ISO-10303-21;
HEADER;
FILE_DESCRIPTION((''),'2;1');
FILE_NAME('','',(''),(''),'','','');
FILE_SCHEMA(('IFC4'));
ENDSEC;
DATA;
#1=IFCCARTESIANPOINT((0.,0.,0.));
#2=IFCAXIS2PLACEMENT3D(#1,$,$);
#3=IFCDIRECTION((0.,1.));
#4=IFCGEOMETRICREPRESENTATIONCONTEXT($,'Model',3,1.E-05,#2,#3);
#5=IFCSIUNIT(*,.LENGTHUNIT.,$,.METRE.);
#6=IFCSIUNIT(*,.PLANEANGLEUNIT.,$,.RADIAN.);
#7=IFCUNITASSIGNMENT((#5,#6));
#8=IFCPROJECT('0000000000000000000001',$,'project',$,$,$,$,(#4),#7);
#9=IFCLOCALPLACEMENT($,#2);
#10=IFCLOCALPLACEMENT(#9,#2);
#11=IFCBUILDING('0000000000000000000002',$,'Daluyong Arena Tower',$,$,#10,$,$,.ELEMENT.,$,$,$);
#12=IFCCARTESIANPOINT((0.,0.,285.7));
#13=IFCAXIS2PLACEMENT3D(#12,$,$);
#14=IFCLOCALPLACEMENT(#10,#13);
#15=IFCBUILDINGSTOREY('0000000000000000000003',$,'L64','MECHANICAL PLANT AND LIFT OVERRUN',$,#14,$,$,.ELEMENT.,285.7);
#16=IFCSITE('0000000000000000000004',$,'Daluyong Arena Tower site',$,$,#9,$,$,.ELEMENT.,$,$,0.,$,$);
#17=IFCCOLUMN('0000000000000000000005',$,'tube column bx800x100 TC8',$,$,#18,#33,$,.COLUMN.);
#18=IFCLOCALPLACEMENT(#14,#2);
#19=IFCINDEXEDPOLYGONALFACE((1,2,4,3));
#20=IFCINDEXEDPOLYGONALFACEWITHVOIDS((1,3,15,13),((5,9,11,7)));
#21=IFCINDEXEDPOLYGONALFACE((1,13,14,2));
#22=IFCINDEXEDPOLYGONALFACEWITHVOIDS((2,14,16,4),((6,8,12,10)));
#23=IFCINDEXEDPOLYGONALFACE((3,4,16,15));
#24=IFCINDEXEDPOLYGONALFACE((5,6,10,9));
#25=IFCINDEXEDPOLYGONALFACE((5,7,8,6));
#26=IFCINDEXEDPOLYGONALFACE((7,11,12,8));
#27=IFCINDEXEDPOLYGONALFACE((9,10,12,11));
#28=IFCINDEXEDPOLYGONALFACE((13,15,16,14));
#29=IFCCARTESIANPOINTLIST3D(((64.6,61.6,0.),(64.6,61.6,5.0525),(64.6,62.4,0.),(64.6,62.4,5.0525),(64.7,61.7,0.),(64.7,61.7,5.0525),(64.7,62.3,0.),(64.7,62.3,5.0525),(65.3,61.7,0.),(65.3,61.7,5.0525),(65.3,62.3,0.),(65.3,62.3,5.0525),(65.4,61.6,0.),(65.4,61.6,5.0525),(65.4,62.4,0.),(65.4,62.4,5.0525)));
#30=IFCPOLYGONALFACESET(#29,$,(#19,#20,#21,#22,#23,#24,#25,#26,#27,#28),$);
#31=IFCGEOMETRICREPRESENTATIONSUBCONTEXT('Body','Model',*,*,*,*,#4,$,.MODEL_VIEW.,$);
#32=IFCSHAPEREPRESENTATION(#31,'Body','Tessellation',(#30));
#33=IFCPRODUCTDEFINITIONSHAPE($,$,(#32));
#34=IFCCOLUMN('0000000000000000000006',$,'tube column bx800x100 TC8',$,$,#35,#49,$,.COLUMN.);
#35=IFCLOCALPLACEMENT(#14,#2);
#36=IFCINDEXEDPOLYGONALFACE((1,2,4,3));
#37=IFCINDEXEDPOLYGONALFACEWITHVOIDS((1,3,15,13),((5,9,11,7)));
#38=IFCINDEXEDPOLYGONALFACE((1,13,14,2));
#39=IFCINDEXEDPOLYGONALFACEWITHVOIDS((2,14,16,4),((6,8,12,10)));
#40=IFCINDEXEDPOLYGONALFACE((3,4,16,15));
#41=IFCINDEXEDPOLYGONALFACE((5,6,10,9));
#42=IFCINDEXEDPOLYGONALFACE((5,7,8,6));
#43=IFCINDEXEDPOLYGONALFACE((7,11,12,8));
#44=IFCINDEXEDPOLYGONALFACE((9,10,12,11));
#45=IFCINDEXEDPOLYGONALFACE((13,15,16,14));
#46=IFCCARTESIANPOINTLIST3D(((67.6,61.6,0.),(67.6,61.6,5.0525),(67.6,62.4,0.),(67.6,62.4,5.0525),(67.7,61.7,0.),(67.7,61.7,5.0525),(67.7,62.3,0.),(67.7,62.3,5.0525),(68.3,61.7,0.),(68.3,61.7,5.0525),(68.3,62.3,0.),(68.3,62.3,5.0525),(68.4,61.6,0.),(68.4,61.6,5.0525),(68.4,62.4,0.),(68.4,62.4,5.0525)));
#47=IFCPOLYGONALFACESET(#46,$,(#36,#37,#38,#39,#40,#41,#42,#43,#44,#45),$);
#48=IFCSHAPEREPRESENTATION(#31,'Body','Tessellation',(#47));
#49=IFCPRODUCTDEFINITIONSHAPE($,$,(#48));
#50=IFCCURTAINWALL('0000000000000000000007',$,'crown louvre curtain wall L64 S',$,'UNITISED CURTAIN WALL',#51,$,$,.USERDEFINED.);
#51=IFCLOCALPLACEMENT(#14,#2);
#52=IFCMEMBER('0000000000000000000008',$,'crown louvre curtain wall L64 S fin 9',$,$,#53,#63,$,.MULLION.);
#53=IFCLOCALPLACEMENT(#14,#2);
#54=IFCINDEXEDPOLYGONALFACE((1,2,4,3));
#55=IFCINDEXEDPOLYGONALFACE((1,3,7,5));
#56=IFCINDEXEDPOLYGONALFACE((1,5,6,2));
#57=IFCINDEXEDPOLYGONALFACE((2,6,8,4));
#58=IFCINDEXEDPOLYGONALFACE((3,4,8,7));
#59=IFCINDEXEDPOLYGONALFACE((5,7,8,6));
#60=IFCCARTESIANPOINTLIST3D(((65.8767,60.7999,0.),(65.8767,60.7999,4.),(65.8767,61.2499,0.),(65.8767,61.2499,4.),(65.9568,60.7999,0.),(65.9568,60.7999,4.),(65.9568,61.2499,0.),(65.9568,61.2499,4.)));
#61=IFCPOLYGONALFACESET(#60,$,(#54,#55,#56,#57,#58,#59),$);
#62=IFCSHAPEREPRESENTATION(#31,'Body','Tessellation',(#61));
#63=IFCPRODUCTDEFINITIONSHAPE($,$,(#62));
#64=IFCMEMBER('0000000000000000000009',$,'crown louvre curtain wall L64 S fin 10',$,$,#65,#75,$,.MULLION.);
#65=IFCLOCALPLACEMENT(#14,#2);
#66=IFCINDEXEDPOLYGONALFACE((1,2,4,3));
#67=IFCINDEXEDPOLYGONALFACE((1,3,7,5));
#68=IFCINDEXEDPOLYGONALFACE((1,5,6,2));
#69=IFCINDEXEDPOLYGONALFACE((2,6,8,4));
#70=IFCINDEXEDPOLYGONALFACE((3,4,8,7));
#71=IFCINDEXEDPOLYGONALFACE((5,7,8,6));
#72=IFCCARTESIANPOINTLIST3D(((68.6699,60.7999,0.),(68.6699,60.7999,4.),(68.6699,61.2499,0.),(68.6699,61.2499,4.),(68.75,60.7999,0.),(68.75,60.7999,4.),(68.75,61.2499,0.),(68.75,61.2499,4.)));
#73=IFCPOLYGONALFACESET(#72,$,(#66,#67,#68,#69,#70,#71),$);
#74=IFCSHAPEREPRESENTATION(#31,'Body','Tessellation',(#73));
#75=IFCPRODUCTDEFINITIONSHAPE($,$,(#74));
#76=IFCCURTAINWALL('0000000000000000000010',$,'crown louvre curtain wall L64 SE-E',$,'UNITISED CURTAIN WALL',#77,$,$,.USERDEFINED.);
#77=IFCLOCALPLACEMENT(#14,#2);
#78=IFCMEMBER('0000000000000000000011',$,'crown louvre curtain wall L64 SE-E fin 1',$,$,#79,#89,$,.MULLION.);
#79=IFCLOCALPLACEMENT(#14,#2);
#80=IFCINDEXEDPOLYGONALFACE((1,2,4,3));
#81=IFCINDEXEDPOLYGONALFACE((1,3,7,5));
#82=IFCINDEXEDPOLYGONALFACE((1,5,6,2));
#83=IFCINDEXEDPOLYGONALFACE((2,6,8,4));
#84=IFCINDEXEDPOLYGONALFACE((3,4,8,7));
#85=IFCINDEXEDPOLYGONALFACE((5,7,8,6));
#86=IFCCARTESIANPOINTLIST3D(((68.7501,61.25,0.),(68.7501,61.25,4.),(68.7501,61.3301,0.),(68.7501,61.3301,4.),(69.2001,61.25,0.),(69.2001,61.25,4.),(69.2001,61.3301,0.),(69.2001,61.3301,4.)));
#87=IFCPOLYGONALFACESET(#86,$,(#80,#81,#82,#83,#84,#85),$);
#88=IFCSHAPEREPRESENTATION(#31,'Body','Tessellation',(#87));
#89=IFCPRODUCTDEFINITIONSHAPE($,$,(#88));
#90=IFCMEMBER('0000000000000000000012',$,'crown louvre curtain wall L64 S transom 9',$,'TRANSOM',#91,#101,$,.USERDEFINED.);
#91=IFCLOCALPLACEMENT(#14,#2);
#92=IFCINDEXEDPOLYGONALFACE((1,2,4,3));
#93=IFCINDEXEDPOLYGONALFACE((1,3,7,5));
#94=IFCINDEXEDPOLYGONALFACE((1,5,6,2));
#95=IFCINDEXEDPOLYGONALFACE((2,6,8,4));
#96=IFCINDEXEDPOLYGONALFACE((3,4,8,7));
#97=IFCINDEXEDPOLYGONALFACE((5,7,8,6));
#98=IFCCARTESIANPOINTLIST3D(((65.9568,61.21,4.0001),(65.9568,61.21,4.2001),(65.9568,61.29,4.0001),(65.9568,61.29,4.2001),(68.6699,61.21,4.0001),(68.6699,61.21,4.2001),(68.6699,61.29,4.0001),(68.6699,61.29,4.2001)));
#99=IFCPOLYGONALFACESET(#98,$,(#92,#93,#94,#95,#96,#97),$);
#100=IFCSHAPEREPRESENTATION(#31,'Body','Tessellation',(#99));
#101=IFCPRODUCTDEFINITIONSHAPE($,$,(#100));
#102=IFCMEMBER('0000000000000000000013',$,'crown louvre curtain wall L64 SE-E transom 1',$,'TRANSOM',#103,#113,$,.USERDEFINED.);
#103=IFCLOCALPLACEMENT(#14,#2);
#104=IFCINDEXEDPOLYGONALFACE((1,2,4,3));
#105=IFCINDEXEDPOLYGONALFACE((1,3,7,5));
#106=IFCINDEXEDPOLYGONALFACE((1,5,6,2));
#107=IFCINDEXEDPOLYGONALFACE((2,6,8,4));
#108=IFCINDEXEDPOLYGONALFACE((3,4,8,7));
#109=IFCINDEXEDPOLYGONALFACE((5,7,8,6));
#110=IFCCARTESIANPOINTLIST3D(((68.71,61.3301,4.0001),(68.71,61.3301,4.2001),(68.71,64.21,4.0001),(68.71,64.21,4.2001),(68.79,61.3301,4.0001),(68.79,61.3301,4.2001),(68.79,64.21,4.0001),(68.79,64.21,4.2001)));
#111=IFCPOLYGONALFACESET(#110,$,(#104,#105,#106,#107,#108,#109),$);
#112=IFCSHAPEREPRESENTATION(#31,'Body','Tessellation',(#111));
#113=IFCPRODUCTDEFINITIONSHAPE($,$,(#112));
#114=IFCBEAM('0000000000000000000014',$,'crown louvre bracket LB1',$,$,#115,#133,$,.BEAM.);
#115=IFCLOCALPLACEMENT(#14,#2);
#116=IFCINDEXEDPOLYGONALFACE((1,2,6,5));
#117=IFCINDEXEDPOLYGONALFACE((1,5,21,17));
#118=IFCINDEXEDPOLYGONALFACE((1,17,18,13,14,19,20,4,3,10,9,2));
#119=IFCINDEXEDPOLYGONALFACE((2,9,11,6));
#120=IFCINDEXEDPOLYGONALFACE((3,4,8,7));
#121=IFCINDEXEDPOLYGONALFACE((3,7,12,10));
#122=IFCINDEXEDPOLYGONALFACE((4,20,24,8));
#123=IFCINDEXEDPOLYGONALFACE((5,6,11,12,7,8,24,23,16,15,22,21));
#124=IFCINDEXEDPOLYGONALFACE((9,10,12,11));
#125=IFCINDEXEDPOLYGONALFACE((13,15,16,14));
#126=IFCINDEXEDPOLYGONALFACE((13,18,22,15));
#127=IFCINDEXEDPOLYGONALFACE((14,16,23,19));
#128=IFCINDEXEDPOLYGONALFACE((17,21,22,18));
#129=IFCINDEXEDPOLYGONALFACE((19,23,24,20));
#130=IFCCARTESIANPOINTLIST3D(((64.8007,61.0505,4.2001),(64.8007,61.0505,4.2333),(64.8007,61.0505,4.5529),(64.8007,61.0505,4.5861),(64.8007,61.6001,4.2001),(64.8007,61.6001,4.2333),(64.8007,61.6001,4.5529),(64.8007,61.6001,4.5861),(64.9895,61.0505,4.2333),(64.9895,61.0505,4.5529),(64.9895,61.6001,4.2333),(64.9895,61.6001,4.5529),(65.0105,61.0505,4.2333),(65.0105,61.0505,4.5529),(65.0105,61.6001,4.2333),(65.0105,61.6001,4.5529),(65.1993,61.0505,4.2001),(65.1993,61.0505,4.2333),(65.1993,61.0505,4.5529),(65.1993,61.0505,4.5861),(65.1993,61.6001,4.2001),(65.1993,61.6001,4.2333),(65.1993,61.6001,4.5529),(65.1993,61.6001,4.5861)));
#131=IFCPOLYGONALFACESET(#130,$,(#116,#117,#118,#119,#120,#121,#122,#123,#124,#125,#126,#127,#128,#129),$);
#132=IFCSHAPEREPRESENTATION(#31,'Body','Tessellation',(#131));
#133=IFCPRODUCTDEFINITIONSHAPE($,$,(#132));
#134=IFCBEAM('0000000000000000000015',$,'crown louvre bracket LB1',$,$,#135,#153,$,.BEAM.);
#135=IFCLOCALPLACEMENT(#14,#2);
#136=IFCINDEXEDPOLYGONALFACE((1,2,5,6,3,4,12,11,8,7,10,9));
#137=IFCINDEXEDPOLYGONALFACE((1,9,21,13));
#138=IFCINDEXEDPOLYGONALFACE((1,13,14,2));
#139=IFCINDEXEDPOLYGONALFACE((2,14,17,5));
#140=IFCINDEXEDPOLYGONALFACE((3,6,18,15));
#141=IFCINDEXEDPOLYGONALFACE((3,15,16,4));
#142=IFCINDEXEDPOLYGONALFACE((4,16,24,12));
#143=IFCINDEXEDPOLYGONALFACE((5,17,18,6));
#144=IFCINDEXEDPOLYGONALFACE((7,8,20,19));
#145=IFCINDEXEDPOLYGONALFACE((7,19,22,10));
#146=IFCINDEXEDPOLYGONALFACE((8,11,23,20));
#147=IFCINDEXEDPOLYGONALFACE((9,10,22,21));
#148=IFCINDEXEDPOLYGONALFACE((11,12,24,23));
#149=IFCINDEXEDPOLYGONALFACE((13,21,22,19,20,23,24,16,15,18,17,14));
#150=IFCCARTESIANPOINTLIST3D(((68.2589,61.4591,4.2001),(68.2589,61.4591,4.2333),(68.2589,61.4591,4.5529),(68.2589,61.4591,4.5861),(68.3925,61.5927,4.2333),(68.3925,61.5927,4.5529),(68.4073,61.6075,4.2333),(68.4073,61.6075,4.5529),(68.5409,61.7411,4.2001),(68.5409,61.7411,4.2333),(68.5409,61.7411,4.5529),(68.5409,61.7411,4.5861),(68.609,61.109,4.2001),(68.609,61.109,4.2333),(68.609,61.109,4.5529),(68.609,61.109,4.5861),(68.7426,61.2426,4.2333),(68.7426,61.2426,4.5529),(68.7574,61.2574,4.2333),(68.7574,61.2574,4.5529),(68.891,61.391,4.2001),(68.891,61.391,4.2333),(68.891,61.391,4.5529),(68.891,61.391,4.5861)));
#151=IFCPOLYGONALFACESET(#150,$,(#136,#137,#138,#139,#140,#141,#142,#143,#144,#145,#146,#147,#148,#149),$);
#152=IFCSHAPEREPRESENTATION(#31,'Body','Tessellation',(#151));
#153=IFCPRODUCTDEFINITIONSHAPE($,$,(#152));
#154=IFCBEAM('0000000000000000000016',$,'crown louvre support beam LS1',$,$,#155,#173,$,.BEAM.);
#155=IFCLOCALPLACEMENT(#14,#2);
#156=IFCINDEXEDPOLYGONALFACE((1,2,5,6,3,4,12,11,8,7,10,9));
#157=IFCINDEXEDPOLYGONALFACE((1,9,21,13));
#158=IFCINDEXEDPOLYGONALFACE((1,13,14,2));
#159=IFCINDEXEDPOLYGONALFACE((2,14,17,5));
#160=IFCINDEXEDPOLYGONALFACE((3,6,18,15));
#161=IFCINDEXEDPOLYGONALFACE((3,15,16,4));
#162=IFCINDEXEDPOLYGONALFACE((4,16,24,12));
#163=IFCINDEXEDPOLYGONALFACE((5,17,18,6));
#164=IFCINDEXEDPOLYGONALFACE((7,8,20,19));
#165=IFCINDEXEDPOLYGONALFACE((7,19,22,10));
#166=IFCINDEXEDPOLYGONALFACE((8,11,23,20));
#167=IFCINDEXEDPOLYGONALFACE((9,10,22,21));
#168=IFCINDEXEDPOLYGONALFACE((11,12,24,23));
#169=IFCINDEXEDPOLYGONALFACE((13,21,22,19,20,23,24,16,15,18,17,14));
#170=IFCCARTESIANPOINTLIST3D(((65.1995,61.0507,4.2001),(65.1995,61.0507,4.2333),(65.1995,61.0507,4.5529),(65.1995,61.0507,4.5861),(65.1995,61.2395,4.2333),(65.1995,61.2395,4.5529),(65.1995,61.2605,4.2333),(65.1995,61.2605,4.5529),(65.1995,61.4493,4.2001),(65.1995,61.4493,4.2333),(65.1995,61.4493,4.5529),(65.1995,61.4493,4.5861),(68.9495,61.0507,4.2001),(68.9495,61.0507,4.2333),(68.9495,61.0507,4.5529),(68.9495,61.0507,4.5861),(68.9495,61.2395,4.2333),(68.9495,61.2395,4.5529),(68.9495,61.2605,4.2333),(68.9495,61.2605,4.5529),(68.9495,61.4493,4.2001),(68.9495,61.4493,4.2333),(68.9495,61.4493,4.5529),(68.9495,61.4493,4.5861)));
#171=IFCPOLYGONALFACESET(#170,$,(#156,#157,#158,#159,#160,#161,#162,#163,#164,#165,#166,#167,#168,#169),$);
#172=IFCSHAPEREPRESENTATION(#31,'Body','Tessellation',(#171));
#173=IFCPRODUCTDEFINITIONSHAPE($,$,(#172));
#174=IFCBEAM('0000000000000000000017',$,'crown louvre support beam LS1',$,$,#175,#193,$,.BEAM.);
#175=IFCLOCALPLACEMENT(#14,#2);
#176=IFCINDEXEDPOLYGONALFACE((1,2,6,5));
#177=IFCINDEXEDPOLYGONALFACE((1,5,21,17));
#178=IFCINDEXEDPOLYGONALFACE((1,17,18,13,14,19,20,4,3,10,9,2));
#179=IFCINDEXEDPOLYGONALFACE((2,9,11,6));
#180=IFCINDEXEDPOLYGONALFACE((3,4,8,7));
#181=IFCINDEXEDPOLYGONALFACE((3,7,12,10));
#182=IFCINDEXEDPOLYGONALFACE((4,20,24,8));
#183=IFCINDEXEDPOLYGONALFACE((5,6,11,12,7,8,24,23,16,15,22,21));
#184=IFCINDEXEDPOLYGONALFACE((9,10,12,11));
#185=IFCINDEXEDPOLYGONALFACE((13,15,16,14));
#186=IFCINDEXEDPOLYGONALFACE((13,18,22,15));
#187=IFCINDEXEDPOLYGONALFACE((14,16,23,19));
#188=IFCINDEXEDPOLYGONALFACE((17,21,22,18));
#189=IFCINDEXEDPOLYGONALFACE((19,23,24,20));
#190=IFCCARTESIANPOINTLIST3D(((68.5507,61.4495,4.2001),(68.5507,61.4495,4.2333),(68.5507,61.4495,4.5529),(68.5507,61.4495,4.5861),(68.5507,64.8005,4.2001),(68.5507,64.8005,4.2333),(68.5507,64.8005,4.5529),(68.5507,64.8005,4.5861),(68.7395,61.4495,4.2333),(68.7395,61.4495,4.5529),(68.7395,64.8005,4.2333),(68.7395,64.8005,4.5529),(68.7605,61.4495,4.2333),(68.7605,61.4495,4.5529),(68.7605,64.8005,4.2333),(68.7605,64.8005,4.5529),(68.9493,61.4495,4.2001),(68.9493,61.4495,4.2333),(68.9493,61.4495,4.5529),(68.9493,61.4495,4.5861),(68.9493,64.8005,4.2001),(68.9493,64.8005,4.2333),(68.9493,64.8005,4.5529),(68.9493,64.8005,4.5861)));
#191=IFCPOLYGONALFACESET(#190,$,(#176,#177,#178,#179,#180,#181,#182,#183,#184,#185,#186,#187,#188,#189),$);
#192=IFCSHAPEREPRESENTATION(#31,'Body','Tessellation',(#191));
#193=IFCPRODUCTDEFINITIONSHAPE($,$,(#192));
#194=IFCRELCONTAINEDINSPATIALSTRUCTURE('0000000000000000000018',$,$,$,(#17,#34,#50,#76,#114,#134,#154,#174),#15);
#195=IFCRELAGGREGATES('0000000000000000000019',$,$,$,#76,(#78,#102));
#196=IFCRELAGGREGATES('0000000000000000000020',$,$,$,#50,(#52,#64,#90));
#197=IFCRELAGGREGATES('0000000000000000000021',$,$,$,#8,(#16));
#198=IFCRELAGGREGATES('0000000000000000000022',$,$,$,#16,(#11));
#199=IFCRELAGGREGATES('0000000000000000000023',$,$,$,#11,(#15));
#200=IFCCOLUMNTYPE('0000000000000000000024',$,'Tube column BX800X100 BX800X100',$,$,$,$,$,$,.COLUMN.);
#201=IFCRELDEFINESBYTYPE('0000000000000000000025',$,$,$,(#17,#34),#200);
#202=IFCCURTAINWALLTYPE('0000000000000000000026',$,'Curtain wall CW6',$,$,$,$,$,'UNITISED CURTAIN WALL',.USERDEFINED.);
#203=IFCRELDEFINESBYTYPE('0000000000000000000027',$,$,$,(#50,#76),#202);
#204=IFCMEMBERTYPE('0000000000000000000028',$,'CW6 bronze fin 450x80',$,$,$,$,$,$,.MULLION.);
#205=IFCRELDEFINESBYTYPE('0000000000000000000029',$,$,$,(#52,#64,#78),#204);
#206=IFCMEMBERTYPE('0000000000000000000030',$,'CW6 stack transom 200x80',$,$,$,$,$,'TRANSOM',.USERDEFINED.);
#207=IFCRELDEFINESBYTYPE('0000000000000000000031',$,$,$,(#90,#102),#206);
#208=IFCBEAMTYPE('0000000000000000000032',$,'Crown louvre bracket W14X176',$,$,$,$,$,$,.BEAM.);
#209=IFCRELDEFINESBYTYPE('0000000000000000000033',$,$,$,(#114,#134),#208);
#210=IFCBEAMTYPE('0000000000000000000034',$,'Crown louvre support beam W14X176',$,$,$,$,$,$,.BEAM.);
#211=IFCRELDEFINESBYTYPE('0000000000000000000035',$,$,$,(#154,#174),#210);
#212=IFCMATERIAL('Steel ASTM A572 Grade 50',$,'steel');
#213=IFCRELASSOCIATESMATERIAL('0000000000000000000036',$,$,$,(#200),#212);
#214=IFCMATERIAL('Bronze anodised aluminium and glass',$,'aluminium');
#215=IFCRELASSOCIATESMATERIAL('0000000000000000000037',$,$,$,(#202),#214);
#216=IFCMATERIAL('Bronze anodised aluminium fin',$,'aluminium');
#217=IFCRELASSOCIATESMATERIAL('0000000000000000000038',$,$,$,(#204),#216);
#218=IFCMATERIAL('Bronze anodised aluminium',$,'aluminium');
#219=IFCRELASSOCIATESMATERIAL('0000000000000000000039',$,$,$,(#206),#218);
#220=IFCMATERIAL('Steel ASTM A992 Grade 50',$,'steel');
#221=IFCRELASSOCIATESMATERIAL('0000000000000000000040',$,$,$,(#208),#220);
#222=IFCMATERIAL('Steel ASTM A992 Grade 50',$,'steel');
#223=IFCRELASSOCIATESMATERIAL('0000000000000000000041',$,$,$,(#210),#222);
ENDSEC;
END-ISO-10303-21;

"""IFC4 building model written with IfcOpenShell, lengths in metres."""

from ifc_helpers import new_model, si_unit, direction, frame, origin, origin_2d, place, context, subcontext, project, spatial, rectangle, hollow_rectangle, i_section, extrude, material, material_profile, profile_set, type_object, element, aggregate, save


model = new_model("IFC4")

# Units and contexts
model_context = context("Model", 3, precision=1e-05, world=origin(), true_north=direction((0.0, 1.0)))
body_context = subcontext(model_context, "Body", "Model", "MODEL_VIEW")
ifc_project = project(units=[si_unit("LENGTHUNIT", "METRE"), si_unit("PLANEANGLEUNIT", "RADIAN")], contexts=[model_context])

# Site, building, storey
site_placement = place(None, origin())
site = spatial("IfcSite", under=ifc_project, at=site_placement, Name="Daluyong Arena Tower site", CompositionType="ELEMENT", RefElevation=0.0)
building_placement = place(site_placement, origin())
building = spatial("IfcBuilding", under=site, at=building_placement, Name="Daluyong Arena Tower", CompositionType="ELEMENT")
storey_placement = place(building_placement, frame((0.0, 0.0, 285.7)))
storey = spatial("IfcBuildingStorey", under=building, at=storey_placement, Name="L64", Description="MECHANICAL PLANT AND LIFT OVERRUN", CompositionType="ELEMENT", Elevation=285.7)

# Columns
ifc_material_1 = material(Name="Steel ASTM A572 Grade 50", Category="steel")
ifc_material_profile_1 = material_profile(ifc_material_1, hollow_rectangle(XDim=0.8, YDim=0.8, WallThickness=0.1, at=origin_2d()))
ifc_profile_set_1 = profile_set([ifc_material_profile_1], Name="Steel ASTM A572 Grade 50")
column_type = type_object("IfcColumnType", Name="Tube column BX800X100 BX800X100", PredefinedType="COLUMN", material=ifc_profile_set_1)
for number, where, z_axis, x_axis, name in (
    (1, (65.0, 62.0, 0.0), (0.0, 0.0, 1.0), (1.0, 0.0, 0.0), "tube column bx800x100 TC8"),
    (2, (68.0, 62.0, 0.0), (0.0, 0.0, 1.0), (0.0, 1.0, 0.0), "tube column bx800x100 TC8"),
):
    element("IfcColumn", number, at=place(storey_placement, frame(where, z_axis=z_axis, x_axis=x_axis)), inside=storey, type_object=column_type, Name=name, PredefinedType="COLUMN", context=body_context, shape_type="SweptSolid", body=[
        extrude(hollow_rectangle(XDim=0.8, YDim=0.8, WallThickness=0.1, at=origin_2d()), origin(), (0.0, 0.0, 1.0), 5.0525),
    ])

# Curtain wall, members
ifc_material_2 = material(Name="Bronze anodised aluminium and glass", Category="aluminium")
curtain_wall_type = type_object("IfcCurtainWallType", Name="Curtain wall CW6", ElementType="UNITISED CURTAIN WALL", PredefinedType="USERDEFINED", material=ifc_material_2)
curtain_wall_1_placement = place(storey_placement, origin())
curtain_wall_1 = element("IfcCurtainWall", 3, at=curtain_wall_1_placement, inside=storey, type_object=curtain_wall_type, Name="crown louvre curtain wall L64 S", ObjectType="UNITISED CURTAIN WALL", PredefinedType="USERDEFINED")
ifc_material_3 = material(Name="Bronze anodised aluminium fin", Category="aluminium")
ifc_material_profile_2 = material_profile(ifc_material_3, rectangle(XDim=0.45, YDim=0.0801, at=origin_2d()))
ifc_profile_set_2 = profile_set([ifc_material_profile_2], Name="Bronze anodised aluminium fin")
member_type_1 = type_object("IfcMemberType", Name="CW6 bronze fin 450x80", PredefinedType="MULLION", material=ifc_profile_set_2)
member_1_placement = place(storey_placement, frame((65.9167, 61.0249, 0.0), z_axis=(0.0, 0.0, 1.0), x_axis=(0.0, 1.0, 0.0)))
member_1 = element("IfcMember", 4, at=member_1_placement, type_object=member_type_1, Name="crown louvre curtain wall L64 S fin 9", PredefinedType="MULLION", context=body_context, shape_type="SweptSolid", body=[
    extrude(rectangle(XDim=0.45, YDim=0.0801, at=origin_2d()), origin(), (0.0, 0.0, 1.0), 4.0),
])
member_2_placement = place(storey_placement, frame((68.71, 61.0249, 0.0), z_axis=(0.0, 0.0, 1.0), x_axis=(0.0, 1.0, 0.0)))
member_2 = element("IfcMember", 5, at=member_2_placement, type_object=member_type_1, Name="crown louvre curtain wall L64 S fin 10", PredefinedType="MULLION", context=body_context, shape_type="SweptSolid", body=[
    extrude(rectangle(XDim=0.45, YDim=0.0801, at=origin_2d()), origin(), (0.0, 0.0, 1.0), 4.0),
])

# Curtain wall, member
curtain_wall_2_placement = place(storey_placement, origin())
curtain_wall_2 = element("IfcCurtainWall", 6, at=curtain_wall_2_placement, inside=storey, type_object=curtain_wall_type, Name="crown louvre curtain wall L64 SE-E", ObjectType="UNITISED CURTAIN WALL", PredefinedType="USERDEFINED")
member_3_placement = place(storey_placement, frame((68.9751, 61.29, 0.0), z_axis=(0.0, 0.0, 1.0), x_axis=(-1.0, 0.0, 0.0)))
member_3 = element("IfcMember", 7, at=member_3_placement, type_object=member_type_1, Name="crown louvre curtain wall L64 SE-E fin 1", PredefinedType="MULLION", context=body_context, shape_type="SweptSolid", body=[
    extrude(rectangle(XDim=0.45, YDim=0.0801, at=origin_2d()), origin(), (0.0, 0.0, 1.0), 4.0),
])

# Members
ifc_material_4 = material(Name="Bronze anodised aluminium", Category="aluminium")
ifc_material_profile_3 = material_profile(ifc_material_4, rectangle(XDim=0.0801, YDim=0.2, at=origin_2d()))
ifc_profile_set_3 = profile_set([ifc_material_profile_3], Name="Bronze anodised aluminium")
member_type_2 = type_object("IfcMemberType", Name="CW6 stack transom 200x80", ElementType="TRANSOM", PredefinedType="USERDEFINED", material=ifc_profile_set_3)
member_4_placement = place(storey_placement, frame((65.9568, 61.25, 4.1001), z_axis=(1.0, 0.0, 0.0), x_axis=(0.0, 1.0, 0.0)))
member_4 = element("IfcMember", 8, at=member_4_placement, type_object=member_type_2, Name="crown louvre curtain wall L64 S transom 9", ObjectType="TRANSOM", PredefinedType="USERDEFINED", context=body_context, shape_type="SweptSolid", body=[
    extrude(rectangle(XDim=0.0801, YDim=0.2, at=origin_2d()), origin(), (0.0, 0.0, 1.0), 2.7131),
])
member_5_placement = place(storey_placement, frame((68.75, 61.3301, 4.1001), z_axis=(0.0, 1.0, 0.0), x_axis=(-1.0, 0.0, 0.0)))
member_5 = element("IfcMember", 9, at=member_5_placement, type_object=member_type_2, Name="crown louvre curtain wall L64 SE-E transom 1", ObjectType="TRANSOM", PredefinedType="USERDEFINED", context=body_context, shape_type="SweptSolid", body=[
    extrude(rectangle(XDim=0.0801, YDim=0.2, at=origin_2d()), origin(), (0.0, 0.0, 1.0), 2.8799),
])
aggregate(curtain_wall_2, [member_3, member_5])

# Beams
ifc_material_5 = material(Name="Steel ASTM A992 Grade 50", Category="steel")
ifc_material_profile_4 = material_profile(ifc_material_5, i_section(OverallWidth=0.3987, OverallDepth=0.386, WebThickness=0.021, FlangeThickness=0.0332, at=origin_2d()))
ifc_profile_set_4 = profile_set([ifc_material_profile_4], Name="Steel ASTM A992 Grade 50")
beam_type_1 = type_object("IfcBeamType", Name="Crown louvre bracket W14X176", PredefinedType="BEAM", material=ifc_profile_set_4)
beam_1_placement = place(storey_placement, frame((65.0, 61.6001, 4.3931), z_axis=(0.0, -1.0, 0.0), x_axis=(1.0, 0.0, 0.0)))
element("IfcBeam", 10, at=beam_1_placement, inside=storey, type_object=beam_type_1, Name="crown louvre bracket LB1", PredefinedType="BEAM", context=body_context, shape_type="SweptSolid", body=[
    extrude(i_section(OverallWidth=0.3987, OverallDepth=0.386, WebThickness=0.021, FlangeThickness=0.0332, at=origin_2d()), origin(), (0.0, 0.0, 1.0), 0.5496),
])
beam_2_placement = place(storey_placement, frame((68.3999, 61.6001, 4.3931), z_axis=(0.707107, -0.707107, 0.0), x_axis=(0.707107, 0.707107, 0.0)))
element("IfcBeam", 11, at=beam_2_placement, inside=storey, type_object=beam_type_1, Name="crown louvre bracket LB1", PredefinedType="BEAM", context=body_context, shape_type="SweptSolid", body=[
    extrude(i_section(OverallWidth=0.3987, OverallDepth=0.386, WebThickness=0.021, FlangeThickness=0.0332, at=origin_2d()), origin(), (0.0, 0.0, 1.0), 0.4951),
])
ifc_material_6 = material(Name="Steel ASTM A992 Grade 50", Category="steel")
ifc_material_profile_5 = material_profile(ifc_material_6, i_section(OverallWidth=0.3987, OverallDepth=0.386, WebThickness=0.021, FlangeThickness=0.0332, at=origin_2d()))
ifc_profile_set_5 = profile_set([ifc_material_profile_5], Name="Steel ASTM A992 Grade 50")
beam_type_2 = type_object("IfcBeamType", Name="Crown louvre support beam W14X176", PredefinedType="BEAM", material=ifc_profile_set_5)
beam_3_placement = place(storey_placement, frame((65.1995, 61.25, 4.3931), z_axis=(1.0, 0.0, 0.0), x_axis=(0.0, 1.0, 0.0)))
element("IfcBeam", 12, at=beam_3_placement, inside=storey, type_object=beam_type_2, Name="crown louvre support beam LS1", PredefinedType="BEAM", context=body_context, shape_type="SweptSolid", body=[
    extrude(i_section(OverallWidth=0.3987, OverallDepth=0.386, WebThickness=0.021, FlangeThickness=0.0332, at=origin_2d()), origin(), (0.0, 0.0, 1.0), 3.75),
])
beam_4_placement = place(storey_placement, frame((68.75, 61.4495, 4.3931), z_axis=(0.0, 1.0, 0.0), x_axis=(-1.0, 0.0, 0.0)))
element("IfcBeam", 13, at=beam_4_placement, inside=storey, type_object=beam_type_2, Name="crown louvre support beam LS1", PredefinedType="BEAM", context=body_context, shape_type="SweptSolid", body=[
    extrude(i_section(OverallWidth=0.3987, OverallDepth=0.386, WebThickness=0.021, FlangeThickness=0.0332, at=origin_2d()), origin(), (0.0, 0.0, 1.0), 3.3511),
])

aggregate(curtain_wall_1, [member_1, member_2, member_4])

save(model, "model.ifc")
